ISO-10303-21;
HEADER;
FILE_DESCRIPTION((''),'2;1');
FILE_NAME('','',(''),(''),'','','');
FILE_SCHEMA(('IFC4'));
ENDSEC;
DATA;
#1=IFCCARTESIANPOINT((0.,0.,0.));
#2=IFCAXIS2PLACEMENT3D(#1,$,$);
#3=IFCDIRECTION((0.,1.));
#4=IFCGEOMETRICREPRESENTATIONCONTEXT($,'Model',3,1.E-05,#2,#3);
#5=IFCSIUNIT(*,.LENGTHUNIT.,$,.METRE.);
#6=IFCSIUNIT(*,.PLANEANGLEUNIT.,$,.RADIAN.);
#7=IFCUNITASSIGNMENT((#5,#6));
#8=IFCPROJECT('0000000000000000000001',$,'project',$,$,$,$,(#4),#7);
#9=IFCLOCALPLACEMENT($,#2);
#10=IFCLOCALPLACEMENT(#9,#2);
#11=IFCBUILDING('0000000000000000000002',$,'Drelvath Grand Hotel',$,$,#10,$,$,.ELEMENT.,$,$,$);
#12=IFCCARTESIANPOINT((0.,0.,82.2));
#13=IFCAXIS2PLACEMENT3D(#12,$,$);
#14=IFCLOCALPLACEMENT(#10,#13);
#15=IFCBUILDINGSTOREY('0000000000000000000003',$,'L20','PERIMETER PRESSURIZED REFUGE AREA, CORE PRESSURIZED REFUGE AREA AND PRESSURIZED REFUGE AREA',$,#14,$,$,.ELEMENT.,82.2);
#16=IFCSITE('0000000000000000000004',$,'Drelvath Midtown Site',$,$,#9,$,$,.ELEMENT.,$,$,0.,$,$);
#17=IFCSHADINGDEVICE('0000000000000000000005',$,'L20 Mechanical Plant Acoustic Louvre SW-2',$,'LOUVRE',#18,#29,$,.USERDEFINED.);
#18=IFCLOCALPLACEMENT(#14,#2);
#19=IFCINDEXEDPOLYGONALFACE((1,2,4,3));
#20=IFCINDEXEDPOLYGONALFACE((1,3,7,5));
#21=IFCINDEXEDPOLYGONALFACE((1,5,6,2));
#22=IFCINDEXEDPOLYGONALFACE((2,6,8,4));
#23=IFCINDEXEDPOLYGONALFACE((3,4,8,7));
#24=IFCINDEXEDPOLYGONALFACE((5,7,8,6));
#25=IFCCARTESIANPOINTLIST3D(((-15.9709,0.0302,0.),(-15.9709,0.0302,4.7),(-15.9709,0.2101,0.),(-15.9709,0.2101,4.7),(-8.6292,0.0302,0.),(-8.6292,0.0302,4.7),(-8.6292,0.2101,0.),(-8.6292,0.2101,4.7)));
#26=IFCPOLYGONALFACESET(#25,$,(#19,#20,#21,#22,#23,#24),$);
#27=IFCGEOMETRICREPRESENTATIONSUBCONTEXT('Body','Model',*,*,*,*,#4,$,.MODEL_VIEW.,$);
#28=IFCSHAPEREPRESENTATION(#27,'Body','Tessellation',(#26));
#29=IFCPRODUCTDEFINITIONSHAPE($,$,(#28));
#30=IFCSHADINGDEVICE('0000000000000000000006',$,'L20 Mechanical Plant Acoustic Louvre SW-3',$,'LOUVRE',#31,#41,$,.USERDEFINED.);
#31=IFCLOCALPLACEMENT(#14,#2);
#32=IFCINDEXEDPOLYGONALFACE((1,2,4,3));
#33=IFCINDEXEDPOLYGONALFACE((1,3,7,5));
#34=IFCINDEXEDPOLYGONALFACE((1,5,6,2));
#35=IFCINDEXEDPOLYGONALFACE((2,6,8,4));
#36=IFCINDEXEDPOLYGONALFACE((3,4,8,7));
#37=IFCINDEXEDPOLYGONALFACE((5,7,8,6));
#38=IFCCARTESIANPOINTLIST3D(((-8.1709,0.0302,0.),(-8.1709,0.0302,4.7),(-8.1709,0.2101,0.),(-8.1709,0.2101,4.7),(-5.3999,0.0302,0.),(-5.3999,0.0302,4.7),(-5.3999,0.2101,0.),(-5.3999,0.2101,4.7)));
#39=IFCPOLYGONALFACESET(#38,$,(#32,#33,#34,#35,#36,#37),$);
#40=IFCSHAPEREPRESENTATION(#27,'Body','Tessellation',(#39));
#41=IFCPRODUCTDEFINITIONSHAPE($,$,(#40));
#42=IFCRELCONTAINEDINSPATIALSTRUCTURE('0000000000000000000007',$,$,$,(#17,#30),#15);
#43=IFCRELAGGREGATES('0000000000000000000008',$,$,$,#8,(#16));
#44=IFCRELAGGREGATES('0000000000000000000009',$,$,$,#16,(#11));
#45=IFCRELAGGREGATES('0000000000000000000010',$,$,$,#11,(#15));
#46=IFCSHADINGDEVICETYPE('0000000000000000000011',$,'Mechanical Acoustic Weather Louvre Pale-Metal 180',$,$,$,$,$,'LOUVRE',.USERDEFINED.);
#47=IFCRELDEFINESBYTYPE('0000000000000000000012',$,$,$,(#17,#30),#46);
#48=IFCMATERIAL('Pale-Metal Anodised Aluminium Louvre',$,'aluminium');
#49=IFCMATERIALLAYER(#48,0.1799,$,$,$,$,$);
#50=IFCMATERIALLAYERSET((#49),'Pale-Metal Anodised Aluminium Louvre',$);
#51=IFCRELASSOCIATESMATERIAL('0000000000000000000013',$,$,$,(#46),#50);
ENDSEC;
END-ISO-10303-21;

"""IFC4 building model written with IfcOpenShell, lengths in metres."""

from ifc_helpers import new_model, si_unit, direction, frame, origin, origin_2d, place, context, subcontext, project, spatial, rectangle, extrude, material, layer, layer_set, type_object, element, save


model = new_model("IFC4")

# Units and contexts
model_context = context("Model", 3, precision=1e-05, world=origin(), true_north=direction((0.0, 1.0)))
body_context = subcontext(model_context, "Body", "Model", "MODEL_VIEW")
ifc_project = project(units=[si_unit("LENGTHUNIT", "METRE"), si_unit("PLANEANGLEUNIT", "RADIAN")], contexts=[model_context])

# Site, building, storey
site_placement = place(None, origin())
site = spatial("IfcSite", under=ifc_project, at=site_placement, Name="Drelvath Midtown Site", CompositionType="ELEMENT", RefElevation=0.0)
building_placement = place(site_placement, origin())
building = spatial("IfcBuilding", under=site, at=building_placement, Name="Drelvath Grand Hotel", CompositionType="ELEMENT")
storey_placement = place(building_placement, frame((0.0, 0.0, 82.2)))
storey = spatial("IfcBuildingStorey", under=building, at=storey_placement, Name="L20", Description="PERIMETER PRESSURIZED REFUGE AREA, CORE PRESSURIZED REFUGE AREA AND PRESSURIZED REFUGE AREA", CompositionType="ELEMENT", Elevation=82.2)

# Shading devices
ifc_material_1 = material(Name="Pale-Metal Anodised Aluminium Louvre", Category="aluminium")
ifc_layer_1 = layer(ifc_material_1, 0.1799)
ifc_layer_set_1 = layer_set([ifc_layer_1], Name="Pale-Metal Anodised Aluminium Louvre")
shading_device_type = type_object("IfcShadingDeviceType", Name="Mechanical Acoustic Weather Louvre Pale-Metal 180", ElementType="LOUVRE", PredefinedType="USERDEFINED", material=ifc_layer_set_1)
shading_device_1_placement = place(storey_placement, frame((-12.3, 0.1201, 0.0), z_axis=(0.0, 0.0, 1.0), x_axis=(1.0, 0.0, 0.0)))
element("IfcShadingDevice", 1, at=shading_device_1_placement, inside=storey, type_object=shading_device_type, Name="L20 Mechanical Plant Acoustic Louvre SW-2", ObjectType="LOUVRE", PredefinedType="USERDEFINED", context=body_context, shape_type="SweptSolid", body=[
    extrude(rectangle(XDim=7.3418, YDim=0.1799, at=origin_2d()), origin(), (0.0, 0.0, 1.0), 4.7),
])
shading_device_2_placement = place(storey_placement, frame((-6.7854, 0.1201, 0.0), z_axis=(0.0, 0.0, 1.0), x_axis=(1.0, 0.0, 0.0)))
element("IfcShadingDevice", 2, at=shading_device_2_placement, inside=storey, type_object=shading_device_type, Name="L20 Mechanical Plant Acoustic Louvre SW-3", ObjectType="LOUVRE", PredefinedType="USERDEFINED", context=body_context, shape_type="SweptSolid", body=[
    extrude(rectangle(XDim=2.771, YDim=0.1799, at=origin_2d()), origin(), (0.0, 0.0, 1.0), 4.7),
])

save(model, "model.ifc")
